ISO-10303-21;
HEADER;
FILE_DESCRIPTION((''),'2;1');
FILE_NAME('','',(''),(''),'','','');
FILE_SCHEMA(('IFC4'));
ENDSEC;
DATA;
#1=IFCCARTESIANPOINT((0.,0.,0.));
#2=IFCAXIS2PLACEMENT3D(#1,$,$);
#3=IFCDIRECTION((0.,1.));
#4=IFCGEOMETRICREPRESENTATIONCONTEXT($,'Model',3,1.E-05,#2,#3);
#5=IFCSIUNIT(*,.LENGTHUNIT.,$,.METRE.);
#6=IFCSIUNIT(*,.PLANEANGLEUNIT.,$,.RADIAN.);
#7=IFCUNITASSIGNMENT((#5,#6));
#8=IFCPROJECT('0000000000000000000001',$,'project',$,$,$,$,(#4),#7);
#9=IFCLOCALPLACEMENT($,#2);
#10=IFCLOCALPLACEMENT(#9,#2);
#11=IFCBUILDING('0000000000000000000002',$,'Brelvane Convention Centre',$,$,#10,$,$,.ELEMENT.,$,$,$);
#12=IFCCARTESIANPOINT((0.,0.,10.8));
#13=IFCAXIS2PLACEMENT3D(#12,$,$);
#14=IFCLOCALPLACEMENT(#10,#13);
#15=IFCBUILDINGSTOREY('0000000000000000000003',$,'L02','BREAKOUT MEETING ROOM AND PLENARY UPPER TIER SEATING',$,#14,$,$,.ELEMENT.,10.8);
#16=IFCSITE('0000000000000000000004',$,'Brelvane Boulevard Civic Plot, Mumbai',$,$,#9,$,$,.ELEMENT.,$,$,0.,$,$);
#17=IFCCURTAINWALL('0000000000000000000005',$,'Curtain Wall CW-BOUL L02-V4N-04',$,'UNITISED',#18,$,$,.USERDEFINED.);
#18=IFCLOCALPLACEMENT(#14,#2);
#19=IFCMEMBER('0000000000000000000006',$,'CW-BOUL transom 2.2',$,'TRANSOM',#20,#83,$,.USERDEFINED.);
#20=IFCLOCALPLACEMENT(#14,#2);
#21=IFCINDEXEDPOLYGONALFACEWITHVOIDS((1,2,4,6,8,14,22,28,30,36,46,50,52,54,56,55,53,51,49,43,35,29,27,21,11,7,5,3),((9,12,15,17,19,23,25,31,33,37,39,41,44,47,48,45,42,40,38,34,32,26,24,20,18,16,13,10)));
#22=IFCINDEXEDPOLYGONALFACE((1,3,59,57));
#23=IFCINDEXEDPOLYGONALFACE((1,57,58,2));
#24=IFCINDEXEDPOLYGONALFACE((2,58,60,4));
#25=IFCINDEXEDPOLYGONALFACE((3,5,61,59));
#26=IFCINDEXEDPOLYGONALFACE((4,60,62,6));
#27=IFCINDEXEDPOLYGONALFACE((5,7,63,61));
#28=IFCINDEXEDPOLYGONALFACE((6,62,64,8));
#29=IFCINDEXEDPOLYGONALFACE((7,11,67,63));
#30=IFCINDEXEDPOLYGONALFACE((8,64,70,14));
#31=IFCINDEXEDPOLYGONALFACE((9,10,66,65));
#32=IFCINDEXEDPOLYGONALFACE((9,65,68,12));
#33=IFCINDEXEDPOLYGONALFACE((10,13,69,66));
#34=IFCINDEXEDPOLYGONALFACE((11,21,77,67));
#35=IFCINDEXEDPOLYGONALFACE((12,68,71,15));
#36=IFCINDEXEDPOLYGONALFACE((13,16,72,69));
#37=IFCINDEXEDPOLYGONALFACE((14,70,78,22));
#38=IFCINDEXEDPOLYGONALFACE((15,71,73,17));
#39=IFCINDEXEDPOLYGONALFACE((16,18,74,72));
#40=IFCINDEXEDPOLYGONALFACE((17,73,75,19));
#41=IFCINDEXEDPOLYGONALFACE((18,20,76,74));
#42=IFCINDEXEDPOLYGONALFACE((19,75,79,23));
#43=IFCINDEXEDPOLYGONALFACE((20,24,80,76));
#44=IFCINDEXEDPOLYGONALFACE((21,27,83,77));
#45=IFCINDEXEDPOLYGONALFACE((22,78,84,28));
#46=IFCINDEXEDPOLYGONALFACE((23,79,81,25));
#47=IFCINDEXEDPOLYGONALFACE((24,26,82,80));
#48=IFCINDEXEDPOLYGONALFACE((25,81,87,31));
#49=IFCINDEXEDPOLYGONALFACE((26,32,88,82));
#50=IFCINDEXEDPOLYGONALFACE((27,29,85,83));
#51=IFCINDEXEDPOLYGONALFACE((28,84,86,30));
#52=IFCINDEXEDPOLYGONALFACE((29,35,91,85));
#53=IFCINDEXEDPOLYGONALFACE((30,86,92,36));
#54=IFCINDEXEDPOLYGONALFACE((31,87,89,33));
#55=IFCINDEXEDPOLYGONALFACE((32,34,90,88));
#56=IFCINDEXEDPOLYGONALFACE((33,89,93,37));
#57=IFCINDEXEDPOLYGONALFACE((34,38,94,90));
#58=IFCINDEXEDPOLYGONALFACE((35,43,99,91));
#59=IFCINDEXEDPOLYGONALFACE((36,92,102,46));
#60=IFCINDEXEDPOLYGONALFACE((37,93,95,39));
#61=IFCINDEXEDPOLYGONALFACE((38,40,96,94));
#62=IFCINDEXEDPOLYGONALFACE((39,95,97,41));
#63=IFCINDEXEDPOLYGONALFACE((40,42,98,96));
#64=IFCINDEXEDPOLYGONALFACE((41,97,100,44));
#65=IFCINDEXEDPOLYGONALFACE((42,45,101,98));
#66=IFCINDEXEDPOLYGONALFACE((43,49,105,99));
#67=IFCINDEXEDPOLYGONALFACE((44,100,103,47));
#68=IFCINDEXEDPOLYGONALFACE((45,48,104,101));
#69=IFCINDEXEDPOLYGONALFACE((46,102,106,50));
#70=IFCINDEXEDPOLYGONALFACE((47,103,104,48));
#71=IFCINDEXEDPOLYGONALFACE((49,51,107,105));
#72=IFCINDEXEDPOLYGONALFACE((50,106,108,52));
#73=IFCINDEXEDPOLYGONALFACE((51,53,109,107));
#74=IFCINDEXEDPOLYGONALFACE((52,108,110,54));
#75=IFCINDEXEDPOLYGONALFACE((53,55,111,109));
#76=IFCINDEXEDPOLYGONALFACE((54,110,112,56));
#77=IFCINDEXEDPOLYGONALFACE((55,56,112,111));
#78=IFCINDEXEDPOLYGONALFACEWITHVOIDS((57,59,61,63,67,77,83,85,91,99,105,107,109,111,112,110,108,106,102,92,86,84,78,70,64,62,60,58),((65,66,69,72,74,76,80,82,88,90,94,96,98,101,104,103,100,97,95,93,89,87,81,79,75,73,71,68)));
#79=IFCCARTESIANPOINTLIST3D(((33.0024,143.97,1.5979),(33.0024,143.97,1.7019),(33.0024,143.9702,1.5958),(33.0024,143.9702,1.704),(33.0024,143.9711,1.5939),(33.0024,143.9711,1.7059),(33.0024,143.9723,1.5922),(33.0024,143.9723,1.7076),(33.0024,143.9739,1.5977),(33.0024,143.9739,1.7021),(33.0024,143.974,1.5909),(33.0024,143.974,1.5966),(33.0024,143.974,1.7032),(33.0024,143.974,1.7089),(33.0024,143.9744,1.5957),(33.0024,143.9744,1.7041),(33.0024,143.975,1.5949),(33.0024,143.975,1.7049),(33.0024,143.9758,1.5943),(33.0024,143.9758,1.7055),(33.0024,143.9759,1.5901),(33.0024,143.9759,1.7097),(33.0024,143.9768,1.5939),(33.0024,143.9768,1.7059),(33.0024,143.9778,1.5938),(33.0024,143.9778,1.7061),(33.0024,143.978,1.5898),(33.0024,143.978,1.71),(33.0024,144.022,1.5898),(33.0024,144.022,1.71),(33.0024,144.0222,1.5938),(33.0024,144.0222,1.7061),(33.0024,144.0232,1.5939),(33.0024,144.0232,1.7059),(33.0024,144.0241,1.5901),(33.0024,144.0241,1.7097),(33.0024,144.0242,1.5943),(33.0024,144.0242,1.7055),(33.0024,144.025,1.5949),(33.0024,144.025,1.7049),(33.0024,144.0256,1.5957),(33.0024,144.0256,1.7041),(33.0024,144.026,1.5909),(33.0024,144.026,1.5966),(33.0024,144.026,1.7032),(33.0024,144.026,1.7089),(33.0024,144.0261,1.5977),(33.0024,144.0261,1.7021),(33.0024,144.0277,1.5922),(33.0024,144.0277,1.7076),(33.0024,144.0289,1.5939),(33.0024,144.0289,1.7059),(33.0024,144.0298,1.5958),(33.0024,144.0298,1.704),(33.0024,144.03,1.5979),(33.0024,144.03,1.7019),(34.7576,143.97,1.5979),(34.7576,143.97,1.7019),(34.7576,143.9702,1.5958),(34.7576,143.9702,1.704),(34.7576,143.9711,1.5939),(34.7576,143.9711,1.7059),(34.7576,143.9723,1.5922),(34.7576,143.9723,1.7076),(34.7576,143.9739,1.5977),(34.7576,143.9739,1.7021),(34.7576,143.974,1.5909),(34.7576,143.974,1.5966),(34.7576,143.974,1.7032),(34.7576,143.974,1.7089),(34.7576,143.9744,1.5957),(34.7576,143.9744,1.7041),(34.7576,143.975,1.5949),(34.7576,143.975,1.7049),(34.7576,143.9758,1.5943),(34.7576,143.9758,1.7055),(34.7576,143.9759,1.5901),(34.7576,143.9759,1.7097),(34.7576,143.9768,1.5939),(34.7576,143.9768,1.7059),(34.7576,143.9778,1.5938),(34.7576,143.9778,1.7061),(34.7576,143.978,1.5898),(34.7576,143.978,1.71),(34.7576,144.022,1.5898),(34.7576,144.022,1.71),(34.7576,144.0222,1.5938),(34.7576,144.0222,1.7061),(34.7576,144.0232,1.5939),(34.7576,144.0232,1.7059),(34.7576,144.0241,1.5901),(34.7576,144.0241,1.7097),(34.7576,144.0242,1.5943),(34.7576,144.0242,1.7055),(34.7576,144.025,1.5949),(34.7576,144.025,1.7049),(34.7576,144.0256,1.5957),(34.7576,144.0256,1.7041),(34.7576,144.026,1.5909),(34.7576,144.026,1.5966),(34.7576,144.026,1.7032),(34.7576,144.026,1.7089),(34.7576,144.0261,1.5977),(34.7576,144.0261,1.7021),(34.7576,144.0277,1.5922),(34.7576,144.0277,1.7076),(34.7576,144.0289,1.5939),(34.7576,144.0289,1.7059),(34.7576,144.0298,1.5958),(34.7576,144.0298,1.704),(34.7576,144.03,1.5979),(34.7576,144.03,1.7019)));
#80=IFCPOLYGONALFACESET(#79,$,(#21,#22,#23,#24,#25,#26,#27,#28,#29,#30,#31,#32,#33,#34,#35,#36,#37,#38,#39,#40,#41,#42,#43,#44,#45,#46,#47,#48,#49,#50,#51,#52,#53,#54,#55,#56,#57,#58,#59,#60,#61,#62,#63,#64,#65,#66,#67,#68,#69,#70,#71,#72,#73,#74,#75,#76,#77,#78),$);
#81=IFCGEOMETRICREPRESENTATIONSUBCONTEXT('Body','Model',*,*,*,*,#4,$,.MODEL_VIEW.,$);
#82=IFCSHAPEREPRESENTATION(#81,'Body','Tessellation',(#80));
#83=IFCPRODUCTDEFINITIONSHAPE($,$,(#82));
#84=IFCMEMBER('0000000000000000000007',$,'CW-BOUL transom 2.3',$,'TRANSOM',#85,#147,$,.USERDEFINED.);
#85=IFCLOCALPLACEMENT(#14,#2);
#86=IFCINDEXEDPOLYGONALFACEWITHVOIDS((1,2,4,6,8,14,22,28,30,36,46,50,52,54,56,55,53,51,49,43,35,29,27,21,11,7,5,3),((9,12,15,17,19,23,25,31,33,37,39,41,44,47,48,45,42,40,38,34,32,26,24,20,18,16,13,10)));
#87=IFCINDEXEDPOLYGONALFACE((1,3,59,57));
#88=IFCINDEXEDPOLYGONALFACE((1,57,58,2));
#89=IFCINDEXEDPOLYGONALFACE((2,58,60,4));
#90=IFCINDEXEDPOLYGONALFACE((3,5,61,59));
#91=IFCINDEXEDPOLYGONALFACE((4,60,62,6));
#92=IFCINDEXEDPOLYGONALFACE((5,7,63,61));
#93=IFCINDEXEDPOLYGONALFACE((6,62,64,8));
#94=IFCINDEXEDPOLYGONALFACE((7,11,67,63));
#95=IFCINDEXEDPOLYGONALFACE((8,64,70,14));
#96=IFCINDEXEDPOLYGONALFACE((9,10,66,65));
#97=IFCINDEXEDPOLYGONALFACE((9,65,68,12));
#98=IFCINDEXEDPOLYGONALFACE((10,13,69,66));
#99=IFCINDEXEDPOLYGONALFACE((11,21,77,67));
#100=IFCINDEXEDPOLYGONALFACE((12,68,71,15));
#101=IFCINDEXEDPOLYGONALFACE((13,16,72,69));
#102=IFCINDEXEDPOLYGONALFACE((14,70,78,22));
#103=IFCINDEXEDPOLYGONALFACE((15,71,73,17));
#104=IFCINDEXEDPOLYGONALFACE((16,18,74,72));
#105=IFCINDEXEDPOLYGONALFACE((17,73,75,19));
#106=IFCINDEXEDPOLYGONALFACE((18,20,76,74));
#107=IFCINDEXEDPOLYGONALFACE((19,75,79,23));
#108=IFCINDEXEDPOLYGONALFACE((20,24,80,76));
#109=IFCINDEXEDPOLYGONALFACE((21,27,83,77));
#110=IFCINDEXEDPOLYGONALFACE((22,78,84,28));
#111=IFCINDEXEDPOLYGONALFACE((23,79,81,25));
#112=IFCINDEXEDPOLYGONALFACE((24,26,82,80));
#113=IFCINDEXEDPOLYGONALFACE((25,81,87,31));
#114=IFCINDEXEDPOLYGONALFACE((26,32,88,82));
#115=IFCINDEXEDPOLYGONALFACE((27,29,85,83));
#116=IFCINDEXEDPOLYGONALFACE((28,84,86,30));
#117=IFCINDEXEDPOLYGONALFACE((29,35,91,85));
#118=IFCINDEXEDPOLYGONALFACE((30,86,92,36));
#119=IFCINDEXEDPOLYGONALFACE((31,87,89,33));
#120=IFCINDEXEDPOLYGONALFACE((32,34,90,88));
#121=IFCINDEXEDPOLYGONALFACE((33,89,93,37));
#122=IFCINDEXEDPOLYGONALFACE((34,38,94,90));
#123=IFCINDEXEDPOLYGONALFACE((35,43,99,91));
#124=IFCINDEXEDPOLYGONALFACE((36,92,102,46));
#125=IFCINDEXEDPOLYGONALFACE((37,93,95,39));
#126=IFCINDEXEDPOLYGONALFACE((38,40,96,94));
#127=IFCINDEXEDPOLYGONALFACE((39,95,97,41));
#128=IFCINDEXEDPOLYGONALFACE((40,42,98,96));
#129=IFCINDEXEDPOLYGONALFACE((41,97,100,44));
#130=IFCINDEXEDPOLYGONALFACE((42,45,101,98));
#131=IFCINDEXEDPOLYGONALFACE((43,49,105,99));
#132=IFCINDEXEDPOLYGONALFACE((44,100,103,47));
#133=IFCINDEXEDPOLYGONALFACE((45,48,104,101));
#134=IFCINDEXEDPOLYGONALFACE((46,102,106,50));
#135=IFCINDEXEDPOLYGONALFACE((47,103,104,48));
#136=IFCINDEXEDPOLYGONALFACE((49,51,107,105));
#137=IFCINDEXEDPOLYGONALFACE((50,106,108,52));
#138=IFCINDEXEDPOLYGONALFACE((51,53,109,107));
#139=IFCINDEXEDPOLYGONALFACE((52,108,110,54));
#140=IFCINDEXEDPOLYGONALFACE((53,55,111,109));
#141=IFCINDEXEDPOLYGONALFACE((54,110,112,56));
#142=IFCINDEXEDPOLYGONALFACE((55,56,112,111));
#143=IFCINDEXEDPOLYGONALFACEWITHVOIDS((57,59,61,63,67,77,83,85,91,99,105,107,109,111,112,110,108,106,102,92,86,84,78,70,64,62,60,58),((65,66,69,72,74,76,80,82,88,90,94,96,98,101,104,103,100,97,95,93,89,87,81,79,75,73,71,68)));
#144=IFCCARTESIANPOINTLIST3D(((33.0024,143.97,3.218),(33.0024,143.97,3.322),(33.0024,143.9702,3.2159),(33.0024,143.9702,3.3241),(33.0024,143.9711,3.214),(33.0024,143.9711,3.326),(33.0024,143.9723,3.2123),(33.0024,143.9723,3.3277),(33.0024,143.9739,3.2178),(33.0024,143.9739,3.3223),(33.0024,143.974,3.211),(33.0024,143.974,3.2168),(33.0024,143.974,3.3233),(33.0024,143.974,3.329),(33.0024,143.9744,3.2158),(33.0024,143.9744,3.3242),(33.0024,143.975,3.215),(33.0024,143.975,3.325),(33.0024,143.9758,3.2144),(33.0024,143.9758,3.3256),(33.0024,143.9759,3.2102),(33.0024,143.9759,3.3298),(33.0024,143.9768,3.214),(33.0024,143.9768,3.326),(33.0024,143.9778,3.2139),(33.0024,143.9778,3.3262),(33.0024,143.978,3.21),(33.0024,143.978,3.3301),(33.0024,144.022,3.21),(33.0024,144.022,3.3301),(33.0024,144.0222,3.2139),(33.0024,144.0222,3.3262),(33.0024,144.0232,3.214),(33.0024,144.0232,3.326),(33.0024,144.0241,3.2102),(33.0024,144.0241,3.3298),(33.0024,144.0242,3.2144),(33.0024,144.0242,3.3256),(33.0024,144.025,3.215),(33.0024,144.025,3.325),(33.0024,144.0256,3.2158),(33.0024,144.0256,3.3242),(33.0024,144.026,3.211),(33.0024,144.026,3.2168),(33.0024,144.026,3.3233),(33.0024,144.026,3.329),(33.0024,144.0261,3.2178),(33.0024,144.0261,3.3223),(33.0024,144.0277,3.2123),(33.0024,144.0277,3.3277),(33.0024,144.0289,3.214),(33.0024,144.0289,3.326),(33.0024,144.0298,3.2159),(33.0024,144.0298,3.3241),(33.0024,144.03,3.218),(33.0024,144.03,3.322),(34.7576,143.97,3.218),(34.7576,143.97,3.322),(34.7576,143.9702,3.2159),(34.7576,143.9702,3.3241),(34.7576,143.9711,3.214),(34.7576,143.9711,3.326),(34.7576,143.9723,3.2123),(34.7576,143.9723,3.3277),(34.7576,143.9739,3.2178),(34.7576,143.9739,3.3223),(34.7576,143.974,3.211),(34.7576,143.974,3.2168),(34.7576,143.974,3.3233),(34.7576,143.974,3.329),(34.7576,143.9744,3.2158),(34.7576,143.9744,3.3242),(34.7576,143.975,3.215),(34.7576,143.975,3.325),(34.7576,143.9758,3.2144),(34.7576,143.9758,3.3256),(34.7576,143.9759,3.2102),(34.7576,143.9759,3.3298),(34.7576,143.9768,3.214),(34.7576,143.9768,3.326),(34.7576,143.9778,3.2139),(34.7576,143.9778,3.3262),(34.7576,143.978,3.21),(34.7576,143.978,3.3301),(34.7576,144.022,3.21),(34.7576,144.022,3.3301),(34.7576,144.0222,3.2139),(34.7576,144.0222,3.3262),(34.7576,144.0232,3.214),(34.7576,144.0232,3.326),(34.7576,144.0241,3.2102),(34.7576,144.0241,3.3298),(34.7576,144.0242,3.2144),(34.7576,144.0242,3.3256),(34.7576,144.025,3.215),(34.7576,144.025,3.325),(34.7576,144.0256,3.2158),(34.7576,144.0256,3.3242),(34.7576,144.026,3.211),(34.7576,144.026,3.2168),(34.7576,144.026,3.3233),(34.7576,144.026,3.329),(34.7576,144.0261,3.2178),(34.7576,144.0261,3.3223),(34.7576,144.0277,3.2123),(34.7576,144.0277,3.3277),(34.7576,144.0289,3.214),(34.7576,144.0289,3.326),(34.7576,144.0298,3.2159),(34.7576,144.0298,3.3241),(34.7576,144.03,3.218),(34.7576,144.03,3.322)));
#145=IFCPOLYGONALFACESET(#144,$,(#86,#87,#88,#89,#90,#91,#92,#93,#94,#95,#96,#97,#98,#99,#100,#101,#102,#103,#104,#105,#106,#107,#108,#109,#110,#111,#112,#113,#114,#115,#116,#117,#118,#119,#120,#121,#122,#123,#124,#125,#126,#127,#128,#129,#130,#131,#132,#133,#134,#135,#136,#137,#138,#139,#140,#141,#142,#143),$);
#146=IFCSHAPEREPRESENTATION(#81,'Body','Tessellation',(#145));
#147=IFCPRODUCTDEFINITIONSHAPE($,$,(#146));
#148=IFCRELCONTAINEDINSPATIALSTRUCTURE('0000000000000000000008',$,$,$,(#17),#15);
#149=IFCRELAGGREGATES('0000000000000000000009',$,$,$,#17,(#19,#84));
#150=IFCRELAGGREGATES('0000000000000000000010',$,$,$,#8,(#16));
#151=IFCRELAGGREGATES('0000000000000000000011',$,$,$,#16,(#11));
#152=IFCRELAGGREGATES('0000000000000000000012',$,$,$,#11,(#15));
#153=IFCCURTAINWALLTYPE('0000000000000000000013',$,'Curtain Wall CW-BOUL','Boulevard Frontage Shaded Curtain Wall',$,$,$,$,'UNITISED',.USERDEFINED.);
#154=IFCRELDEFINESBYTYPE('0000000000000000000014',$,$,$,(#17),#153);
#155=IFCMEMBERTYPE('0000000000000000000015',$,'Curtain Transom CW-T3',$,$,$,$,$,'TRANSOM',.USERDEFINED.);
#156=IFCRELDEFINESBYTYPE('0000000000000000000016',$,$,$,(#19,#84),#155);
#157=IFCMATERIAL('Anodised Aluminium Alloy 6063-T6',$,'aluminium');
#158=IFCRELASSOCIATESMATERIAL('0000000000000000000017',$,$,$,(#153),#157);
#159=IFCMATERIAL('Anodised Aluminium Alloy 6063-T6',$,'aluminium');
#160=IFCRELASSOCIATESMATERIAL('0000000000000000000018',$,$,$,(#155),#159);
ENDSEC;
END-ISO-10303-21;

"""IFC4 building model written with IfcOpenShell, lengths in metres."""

from ifc_helpers import new_model, si_unit, direction, frame, origin, origin_2d, place, context, subcontext, project, spatial, hollow_rectangle, extrude, material, material_profile, profile_set, type_object, element, aggregate, save


model = new_model("IFC4")

# Units and contexts
model_context = context("Model", 3, precision=1e-05, world=origin(), true_north=direction((0.0, 1.0)))
body_context = subcontext(model_context, "Body", "Model", "MODEL_VIEW")
ifc_project = project(units=[si_unit("LENGTHUNIT", "METRE"), si_unit("PLANEANGLEUNIT", "RADIAN")], contexts=[model_context])

# Site, building, storey
site_placement = place(None, origin())
site = spatial("IfcSite", under=ifc_project, at=site_placement, Name="Brelvane Boulevard Civic Plot, Mumbai", CompositionType="ELEMENT", RefElevation=0.0)
building_placement = place(site_placement, origin())
building = spatial("IfcBuilding", under=site, at=building_placement, Name="Brelvane Convention Centre", CompositionType="ELEMENT")
storey_placement = place(building_placement, frame((0.0, 0.0, 10.8)))
storey = spatial("IfcBuildingStorey", under=building, at=storey_placement, Name="L02", Description="BREAKOUT MEETING ROOM AND PLENARY UPPER TIER SEATING", CompositionType="ELEMENT", Elevation=10.8)

# Curtain wall, members
ifc_material_1 = material(Name="Anodised Aluminium Alloy 6063-T6", Category="aluminium")
curtain_wall_type = type_object("IfcCurtainWallType", Name="Curtain Wall CW-BOUL", Description="Boulevard Frontage Shaded Curtain Wall", ElementType="UNITISED", PredefinedType="USERDEFINED", material=ifc_material_1)
curtain_wall_placement = place(storey_placement, origin())
curtain_wall = element("IfcCurtainWall", 1, at=curtain_wall_placement, inside=storey, type_object=curtain_wall_type, Name="Curtain Wall CW-BOUL L02-V4N-04", ObjectType="UNITISED", PredefinedType="USERDEFINED")
ifc_material_2 = material(Name="Anodised Aluminium Alloy 6063-T6", Category="aluminium")
ifc_material_profile_1 = material_profile(ifc_material_2, hollow_rectangle(XDim=0.0601, YDim=0.1201, WallThickness=0.0039, InnerFilletRadius=0.0039, OuterFilletRadius=0.0081, at=origin_2d()), Name="ALU-T 120x60x4.0")
ifc_profile_set_1 = profile_set([ifc_material_profile_1], Name="Anodised Aluminium Alloy 6063-T6")
member_type_1 = type_object("IfcMemberType", Name="Curtain Transom CW-T3", ElementType="TRANSOM", PredefinedType="USERDEFINED", material=ifc_profile_set_1)
member_1_placement = place(storey_placement, frame((33.0024, 144.0, 1.6499), z_axis=(1.0, 0.0, 0.0), x_axis=(0.0, 1.0, 0.0)))
member_1 = element("IfcMember", 2, at=member_1_placement, type_object=member_type_1, Name="CW-BOUL transom 2.2", ObjectType="TRANSOM", PredefinedType="USERDEFINED", context=body_context, shape_type="SweptSolid", body=[
    extrude(hollow_rectangle(XDim=0.0601, YDim=0.1201, WallThickness=0.0039, InnerFilletRadius=0.0039, OuterFilletRadius=0.0081, at=origin_2d()), origin(), (0.0, 0.0, 1.0), 1.7551),
])
member_2_placement = place(storey_placement, frame((33.0024, 144.0, 3.27), z_axis=(1.0, 0.0, 0.0), x_axis=(0.0, 1.0, 0.0)))
member_2 = element("IfcMember", 3, at=member_2_placement, type_object=member_type_1, Name="CW-BOUL transom 2.3", ObjectType="TRANSOM", PredefinedType="USERDEFINED", context=body_context, shape_type="SweptSolid", body=[
    extrude(hollow_rectangle(XDim=0.0601, YDim=0.1201, WallThickness=0.0039, InnerFilletRadius=0.0039, OuterFilletRadius=0.0081, at=origin_2d()), origin(), (0.0, 0.0, 1.0), 1.7551),
])

aggregate(curtain_wall, [member_1, member_2])

save(model, "model.ifc")
